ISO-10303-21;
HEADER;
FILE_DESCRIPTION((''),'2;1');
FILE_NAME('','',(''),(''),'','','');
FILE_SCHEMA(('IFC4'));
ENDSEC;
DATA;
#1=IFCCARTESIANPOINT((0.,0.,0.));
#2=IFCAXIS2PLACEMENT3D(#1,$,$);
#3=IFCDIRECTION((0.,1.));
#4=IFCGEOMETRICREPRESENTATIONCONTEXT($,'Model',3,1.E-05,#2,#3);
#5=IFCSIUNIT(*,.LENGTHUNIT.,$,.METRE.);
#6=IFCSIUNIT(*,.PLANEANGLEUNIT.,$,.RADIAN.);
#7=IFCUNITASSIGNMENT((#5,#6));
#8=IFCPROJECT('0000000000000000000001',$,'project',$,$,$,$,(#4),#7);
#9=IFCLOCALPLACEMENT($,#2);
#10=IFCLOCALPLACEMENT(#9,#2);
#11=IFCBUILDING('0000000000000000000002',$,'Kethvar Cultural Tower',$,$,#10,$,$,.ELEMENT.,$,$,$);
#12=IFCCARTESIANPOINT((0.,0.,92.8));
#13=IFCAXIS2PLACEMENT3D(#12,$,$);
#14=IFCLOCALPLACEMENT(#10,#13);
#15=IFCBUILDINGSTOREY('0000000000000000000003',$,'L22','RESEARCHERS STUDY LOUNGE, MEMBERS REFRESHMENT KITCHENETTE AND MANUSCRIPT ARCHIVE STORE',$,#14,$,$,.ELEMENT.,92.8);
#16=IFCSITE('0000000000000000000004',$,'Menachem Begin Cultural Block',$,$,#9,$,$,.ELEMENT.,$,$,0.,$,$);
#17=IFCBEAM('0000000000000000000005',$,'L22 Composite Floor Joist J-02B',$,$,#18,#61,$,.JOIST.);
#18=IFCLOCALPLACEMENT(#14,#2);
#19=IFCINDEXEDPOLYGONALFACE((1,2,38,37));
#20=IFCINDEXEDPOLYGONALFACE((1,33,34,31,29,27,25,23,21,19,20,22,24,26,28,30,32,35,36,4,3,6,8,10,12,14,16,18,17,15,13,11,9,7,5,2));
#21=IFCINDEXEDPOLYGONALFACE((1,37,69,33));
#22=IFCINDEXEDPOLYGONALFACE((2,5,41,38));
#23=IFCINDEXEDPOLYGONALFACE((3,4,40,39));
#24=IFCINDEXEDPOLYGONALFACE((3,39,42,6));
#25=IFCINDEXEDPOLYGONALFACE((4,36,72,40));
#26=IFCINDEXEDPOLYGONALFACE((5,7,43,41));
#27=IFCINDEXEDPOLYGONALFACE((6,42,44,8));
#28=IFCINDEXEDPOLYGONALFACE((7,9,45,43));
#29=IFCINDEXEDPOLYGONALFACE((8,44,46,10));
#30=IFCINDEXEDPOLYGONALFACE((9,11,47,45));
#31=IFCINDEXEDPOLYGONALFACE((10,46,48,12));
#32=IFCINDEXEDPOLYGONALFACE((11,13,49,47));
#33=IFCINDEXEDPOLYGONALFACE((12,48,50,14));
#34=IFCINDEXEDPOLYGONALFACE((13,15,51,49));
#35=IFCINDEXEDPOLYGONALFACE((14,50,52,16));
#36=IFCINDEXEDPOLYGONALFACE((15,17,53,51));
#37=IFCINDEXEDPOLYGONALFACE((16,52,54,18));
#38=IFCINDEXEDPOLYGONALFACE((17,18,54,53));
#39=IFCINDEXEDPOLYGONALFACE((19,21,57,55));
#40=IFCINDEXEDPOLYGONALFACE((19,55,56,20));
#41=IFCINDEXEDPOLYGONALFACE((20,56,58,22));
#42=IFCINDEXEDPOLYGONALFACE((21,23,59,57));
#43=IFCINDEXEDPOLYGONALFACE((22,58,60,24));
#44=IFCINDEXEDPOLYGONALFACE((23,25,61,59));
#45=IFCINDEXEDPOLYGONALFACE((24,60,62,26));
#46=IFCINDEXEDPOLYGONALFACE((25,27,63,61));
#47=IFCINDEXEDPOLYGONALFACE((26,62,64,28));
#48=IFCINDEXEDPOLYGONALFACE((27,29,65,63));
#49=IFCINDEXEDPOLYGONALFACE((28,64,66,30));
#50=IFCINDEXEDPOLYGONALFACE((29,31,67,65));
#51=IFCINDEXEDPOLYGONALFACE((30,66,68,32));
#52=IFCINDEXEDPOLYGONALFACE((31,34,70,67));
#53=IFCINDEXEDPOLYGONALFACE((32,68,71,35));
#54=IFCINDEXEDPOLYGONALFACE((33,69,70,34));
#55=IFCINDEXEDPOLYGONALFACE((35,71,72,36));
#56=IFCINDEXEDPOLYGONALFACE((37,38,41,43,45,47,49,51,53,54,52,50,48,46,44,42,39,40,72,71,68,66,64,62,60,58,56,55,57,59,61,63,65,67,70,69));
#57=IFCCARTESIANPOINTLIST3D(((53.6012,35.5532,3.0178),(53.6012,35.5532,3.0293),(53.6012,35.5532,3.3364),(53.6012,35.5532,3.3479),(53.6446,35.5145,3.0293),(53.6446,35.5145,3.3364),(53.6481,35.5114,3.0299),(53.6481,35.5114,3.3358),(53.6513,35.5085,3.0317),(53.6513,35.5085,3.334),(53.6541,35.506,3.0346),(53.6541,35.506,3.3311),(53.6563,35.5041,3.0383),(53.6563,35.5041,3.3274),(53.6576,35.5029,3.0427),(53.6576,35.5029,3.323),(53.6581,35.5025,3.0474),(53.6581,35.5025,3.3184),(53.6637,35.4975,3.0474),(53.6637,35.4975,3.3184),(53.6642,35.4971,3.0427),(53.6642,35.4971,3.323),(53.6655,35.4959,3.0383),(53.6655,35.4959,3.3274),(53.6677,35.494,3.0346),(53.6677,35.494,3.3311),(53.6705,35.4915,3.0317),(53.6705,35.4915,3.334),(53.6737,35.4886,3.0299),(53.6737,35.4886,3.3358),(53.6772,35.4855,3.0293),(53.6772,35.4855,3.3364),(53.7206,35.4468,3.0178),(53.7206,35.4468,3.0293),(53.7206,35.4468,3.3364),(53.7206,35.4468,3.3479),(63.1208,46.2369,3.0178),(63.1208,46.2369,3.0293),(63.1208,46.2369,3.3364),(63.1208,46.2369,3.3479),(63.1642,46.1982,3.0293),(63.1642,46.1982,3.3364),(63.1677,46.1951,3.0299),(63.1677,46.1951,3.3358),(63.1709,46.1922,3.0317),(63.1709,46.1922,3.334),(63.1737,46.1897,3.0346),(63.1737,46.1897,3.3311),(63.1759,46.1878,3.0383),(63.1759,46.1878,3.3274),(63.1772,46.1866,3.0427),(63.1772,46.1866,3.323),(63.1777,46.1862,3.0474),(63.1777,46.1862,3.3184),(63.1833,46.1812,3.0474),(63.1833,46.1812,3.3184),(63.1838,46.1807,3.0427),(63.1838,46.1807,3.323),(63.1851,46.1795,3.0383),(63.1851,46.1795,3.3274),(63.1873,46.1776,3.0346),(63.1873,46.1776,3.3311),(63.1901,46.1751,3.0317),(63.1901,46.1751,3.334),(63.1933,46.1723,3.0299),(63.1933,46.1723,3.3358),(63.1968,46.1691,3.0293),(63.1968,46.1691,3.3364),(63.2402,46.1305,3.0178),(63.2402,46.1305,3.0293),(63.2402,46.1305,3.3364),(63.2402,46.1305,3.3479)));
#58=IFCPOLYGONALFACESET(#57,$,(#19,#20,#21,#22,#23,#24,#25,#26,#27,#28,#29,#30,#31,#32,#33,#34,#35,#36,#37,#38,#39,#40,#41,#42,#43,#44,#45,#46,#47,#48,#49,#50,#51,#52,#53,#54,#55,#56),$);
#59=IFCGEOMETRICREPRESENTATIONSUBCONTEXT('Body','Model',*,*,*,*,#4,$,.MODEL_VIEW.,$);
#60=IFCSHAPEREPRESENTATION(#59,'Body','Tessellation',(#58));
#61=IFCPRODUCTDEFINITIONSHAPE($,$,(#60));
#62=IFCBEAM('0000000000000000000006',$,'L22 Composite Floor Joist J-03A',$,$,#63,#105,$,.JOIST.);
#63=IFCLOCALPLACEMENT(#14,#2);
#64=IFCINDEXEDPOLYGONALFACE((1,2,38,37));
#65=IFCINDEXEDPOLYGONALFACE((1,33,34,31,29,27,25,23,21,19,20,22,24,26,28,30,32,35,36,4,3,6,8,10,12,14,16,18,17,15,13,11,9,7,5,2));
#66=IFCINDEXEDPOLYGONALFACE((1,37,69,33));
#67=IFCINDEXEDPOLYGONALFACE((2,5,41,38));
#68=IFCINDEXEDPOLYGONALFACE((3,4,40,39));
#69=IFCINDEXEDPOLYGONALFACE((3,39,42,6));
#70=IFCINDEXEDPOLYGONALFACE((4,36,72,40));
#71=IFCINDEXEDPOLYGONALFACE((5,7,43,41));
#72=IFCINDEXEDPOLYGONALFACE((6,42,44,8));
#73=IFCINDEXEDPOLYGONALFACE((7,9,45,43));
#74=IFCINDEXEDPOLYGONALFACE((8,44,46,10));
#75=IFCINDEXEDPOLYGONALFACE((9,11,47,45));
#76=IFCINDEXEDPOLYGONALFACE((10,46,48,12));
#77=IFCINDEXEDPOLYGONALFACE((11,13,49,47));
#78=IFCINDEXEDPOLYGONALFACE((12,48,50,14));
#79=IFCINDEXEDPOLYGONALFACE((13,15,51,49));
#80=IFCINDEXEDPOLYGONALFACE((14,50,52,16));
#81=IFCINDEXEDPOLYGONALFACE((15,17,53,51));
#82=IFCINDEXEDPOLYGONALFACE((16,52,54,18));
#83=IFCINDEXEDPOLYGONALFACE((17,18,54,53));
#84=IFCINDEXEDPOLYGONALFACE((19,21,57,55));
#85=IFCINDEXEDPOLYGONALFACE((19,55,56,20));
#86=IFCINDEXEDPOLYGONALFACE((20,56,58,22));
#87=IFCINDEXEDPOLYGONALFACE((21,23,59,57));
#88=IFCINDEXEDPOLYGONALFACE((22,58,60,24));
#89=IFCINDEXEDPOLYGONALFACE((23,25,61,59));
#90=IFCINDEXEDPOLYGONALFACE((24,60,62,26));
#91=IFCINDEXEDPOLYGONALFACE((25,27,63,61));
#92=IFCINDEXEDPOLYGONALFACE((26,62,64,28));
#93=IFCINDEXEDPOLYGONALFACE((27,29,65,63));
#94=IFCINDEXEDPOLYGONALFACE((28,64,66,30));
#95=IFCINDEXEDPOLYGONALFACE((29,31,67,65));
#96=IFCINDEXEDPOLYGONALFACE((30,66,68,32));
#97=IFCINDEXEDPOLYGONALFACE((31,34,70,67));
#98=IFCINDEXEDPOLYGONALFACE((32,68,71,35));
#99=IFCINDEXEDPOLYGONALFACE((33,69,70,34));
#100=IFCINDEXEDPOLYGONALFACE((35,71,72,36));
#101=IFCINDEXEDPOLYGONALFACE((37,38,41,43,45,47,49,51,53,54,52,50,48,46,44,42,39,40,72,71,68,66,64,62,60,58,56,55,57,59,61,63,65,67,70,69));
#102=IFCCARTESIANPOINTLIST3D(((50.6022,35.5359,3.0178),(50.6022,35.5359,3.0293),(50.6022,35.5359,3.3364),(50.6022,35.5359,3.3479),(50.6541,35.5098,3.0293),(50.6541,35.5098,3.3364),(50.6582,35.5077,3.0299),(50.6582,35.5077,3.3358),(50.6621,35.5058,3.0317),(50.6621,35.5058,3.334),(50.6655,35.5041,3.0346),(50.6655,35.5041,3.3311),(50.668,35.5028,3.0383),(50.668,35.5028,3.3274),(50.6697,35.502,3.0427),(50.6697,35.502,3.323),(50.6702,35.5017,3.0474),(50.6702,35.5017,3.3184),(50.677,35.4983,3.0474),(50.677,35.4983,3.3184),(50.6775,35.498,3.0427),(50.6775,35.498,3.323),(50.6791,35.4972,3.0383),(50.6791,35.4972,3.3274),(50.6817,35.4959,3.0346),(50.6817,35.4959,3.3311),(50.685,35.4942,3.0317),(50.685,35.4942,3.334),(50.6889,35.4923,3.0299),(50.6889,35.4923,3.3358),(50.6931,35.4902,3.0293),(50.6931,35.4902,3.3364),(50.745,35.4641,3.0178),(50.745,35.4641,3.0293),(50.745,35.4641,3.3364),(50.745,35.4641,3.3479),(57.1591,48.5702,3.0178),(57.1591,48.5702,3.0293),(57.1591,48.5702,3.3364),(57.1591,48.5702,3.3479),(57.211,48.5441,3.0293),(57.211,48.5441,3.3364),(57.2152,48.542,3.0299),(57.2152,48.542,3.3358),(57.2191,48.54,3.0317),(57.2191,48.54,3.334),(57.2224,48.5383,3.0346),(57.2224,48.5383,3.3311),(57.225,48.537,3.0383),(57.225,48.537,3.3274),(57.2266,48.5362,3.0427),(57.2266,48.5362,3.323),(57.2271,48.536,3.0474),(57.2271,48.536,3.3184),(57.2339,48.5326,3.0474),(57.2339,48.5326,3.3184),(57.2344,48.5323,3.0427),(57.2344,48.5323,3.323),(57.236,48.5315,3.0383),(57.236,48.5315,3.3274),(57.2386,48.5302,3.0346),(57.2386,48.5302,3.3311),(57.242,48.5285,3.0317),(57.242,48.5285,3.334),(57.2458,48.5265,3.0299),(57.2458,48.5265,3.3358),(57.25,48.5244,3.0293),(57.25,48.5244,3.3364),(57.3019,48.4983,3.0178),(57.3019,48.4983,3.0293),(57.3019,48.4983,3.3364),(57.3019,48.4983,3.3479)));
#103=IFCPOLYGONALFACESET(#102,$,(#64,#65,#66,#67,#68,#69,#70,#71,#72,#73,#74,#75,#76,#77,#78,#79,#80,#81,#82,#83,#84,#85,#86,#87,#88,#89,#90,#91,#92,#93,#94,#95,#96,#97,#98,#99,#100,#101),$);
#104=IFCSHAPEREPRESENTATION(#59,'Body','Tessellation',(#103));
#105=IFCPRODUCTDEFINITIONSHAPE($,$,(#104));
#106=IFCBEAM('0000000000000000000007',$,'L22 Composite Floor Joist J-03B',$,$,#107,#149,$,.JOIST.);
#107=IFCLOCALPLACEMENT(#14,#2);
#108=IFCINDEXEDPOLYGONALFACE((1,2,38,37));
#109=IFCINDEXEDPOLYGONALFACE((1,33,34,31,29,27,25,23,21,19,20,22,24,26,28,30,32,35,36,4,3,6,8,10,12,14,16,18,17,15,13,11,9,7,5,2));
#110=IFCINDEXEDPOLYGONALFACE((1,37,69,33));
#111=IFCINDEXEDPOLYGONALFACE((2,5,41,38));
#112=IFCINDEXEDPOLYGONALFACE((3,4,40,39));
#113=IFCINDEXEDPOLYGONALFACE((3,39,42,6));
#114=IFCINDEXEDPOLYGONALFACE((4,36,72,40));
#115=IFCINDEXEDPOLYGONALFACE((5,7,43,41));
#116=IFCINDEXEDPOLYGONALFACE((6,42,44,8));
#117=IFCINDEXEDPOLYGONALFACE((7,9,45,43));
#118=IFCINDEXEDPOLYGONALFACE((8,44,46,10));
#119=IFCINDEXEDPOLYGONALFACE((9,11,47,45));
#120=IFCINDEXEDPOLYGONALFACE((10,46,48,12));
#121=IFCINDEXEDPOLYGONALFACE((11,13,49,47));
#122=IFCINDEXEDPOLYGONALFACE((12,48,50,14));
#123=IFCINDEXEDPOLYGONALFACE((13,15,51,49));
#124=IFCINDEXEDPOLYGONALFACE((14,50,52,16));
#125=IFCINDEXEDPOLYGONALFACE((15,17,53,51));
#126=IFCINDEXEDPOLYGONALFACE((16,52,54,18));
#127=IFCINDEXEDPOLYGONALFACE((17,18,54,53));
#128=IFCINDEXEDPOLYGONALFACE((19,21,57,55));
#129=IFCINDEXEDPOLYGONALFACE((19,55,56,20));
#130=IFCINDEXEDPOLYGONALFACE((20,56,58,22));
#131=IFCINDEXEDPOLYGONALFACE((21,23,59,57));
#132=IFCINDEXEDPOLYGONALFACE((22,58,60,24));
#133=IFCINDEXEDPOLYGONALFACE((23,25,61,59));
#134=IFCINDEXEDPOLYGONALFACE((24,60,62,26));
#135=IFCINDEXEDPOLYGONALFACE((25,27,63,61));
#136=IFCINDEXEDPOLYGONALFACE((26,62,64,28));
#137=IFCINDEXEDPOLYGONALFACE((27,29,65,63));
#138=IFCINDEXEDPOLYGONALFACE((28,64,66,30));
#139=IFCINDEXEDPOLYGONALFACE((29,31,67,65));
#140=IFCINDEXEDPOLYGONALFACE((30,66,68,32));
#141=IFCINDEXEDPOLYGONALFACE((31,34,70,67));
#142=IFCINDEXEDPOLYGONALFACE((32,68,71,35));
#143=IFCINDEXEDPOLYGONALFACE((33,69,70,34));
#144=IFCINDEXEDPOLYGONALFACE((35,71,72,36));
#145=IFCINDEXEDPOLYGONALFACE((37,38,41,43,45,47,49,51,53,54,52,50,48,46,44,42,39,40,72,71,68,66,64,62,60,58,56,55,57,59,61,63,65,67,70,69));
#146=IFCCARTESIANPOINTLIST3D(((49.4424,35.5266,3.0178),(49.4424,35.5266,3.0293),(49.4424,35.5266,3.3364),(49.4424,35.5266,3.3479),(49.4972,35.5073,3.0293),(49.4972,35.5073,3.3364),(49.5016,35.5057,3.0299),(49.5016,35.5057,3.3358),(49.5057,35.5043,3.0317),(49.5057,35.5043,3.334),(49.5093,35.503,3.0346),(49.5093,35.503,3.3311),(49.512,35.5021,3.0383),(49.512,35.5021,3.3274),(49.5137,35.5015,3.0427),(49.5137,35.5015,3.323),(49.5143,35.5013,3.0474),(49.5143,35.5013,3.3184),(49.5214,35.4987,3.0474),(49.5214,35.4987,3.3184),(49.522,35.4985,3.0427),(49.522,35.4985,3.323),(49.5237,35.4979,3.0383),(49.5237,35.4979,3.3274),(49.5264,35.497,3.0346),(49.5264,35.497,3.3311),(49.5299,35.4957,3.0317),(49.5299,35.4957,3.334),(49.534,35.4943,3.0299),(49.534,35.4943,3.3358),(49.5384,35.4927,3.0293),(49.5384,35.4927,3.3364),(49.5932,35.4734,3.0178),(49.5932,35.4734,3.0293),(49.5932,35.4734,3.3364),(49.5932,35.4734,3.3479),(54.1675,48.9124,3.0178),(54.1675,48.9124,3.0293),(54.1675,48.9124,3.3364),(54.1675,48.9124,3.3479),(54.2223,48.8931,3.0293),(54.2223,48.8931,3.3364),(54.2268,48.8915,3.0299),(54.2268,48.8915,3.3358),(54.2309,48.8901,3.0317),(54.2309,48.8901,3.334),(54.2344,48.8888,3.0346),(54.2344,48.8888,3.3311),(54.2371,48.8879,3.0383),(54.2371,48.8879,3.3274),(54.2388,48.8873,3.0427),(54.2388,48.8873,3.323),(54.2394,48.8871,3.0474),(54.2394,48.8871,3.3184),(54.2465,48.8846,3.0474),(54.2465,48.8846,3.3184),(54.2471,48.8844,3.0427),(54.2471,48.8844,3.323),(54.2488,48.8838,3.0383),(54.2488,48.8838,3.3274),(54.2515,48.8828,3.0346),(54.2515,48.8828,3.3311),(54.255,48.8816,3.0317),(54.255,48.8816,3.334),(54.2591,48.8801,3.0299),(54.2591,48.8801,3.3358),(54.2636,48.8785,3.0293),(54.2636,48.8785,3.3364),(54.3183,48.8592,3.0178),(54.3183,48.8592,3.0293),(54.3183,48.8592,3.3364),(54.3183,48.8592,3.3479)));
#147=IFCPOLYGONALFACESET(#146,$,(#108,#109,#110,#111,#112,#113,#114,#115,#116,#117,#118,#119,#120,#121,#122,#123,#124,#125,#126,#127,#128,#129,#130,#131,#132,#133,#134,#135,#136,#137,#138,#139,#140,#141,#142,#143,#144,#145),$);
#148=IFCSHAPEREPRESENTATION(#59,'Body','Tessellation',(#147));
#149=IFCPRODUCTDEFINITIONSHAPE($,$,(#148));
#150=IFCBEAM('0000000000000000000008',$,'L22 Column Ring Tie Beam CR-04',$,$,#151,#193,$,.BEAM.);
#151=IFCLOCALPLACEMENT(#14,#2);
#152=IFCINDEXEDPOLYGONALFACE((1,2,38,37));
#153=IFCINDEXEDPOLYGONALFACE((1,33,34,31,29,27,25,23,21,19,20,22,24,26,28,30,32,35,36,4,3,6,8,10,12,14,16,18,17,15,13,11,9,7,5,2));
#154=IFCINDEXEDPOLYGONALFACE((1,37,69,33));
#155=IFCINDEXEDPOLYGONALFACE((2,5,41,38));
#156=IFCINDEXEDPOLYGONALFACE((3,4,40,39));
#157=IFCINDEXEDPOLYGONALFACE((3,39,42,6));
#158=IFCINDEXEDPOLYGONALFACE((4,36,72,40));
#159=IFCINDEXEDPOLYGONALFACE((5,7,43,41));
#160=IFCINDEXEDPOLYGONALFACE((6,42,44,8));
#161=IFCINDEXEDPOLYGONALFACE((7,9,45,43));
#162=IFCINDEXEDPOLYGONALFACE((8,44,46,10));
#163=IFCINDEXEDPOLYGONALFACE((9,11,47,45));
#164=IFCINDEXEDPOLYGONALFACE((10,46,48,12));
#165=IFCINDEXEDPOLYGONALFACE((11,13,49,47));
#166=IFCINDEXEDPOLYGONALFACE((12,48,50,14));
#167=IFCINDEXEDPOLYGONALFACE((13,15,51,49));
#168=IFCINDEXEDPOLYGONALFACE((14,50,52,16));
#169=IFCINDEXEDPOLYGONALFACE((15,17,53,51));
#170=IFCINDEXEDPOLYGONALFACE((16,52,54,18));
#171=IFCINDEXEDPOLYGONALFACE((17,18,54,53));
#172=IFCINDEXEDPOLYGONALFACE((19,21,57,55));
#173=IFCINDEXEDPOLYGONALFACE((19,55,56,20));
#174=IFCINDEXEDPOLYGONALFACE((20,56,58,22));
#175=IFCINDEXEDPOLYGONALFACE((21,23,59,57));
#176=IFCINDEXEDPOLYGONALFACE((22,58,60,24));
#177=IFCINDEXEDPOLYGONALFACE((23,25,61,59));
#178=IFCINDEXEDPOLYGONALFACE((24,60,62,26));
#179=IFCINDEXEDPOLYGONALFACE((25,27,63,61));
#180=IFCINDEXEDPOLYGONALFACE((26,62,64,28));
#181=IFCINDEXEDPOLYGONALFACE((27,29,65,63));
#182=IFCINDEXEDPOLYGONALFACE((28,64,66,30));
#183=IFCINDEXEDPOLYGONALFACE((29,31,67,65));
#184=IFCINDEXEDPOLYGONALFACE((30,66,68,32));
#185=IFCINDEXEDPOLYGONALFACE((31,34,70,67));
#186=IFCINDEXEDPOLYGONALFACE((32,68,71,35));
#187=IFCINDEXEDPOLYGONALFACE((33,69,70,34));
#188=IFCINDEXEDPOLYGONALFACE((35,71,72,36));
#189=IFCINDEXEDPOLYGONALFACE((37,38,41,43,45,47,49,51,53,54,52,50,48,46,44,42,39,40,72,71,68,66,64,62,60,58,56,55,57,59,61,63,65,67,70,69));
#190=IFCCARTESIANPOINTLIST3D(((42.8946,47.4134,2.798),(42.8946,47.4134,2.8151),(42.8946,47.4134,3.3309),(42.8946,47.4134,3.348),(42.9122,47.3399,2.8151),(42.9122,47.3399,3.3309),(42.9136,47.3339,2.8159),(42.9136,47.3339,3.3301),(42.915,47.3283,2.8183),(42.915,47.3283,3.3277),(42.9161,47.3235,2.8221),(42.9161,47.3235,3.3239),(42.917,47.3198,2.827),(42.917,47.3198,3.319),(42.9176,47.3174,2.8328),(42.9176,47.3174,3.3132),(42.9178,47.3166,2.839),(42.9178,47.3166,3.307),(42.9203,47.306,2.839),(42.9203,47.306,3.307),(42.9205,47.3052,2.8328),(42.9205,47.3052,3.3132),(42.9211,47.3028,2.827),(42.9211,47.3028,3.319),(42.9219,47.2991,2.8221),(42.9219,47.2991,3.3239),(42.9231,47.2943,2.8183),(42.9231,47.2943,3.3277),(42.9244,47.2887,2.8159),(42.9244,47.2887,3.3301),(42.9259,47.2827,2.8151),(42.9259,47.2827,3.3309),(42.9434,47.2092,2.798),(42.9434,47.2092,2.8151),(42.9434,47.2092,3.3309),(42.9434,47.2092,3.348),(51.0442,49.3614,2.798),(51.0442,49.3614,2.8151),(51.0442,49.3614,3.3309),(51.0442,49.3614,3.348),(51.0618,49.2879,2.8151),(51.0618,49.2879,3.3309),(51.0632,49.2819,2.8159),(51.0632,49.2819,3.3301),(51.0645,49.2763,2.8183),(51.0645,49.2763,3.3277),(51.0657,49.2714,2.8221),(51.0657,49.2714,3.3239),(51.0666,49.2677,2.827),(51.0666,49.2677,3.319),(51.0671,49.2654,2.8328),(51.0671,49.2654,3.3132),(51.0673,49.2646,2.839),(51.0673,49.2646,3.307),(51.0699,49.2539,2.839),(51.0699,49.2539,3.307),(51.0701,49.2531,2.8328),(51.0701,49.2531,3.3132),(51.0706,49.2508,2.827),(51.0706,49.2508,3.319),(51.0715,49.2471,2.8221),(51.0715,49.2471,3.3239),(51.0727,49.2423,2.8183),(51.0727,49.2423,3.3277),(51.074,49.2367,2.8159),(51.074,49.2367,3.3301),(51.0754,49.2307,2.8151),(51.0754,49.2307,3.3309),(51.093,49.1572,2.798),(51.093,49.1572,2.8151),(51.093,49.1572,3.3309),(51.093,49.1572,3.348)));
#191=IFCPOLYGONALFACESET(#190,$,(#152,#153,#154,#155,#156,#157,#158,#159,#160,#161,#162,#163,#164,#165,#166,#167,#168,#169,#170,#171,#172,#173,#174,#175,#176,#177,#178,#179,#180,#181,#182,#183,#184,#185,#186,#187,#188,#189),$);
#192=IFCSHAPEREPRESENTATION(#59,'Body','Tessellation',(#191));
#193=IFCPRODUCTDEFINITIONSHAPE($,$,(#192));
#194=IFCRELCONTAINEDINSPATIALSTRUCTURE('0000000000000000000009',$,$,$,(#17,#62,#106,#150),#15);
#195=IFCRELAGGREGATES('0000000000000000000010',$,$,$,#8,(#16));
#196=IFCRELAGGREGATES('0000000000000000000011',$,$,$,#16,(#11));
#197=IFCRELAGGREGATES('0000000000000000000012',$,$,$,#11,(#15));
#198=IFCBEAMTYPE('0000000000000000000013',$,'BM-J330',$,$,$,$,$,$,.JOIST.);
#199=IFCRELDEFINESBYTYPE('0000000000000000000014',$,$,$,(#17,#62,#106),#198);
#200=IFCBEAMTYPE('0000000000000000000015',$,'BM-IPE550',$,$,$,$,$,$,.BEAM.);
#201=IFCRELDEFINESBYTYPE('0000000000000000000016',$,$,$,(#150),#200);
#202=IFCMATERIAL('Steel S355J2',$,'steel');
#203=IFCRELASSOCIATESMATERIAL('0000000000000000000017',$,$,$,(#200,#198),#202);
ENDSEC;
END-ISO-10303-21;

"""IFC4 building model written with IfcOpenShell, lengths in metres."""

from ifc_helpers import new_model, si_unit, direction, frame, origin, origin_2d, place, context, subcontext, project, spatial, i_section, extrude, source, transform, mapped, material, material_profile, profile_set, type_object, element, save


model = new_model("IFC4")

# Units and contexts
model_context = context("Model", 3, precision=1e-05, world=origin(), true_north=direction((0.0, 1.0)))
body_context = subcontext(model_context, "Body", "Model", "MODEL_VIEW")
ifc_project = project(units=[si_unit("LENGTHUNIT", "METRE"), si_unit("PLANEANGLEUNIT", "RADIAN")], contexts=[model_context])

# Site, building, storey
site_placement = place(None, origin())
site = spatial("IfcSite", under=ifc_project, at=site_placement, Name="Menachem Begin Cultural Block", CompositionType="ELEMENT", RefElevation=0.0)
building_placement = place(site_placement, origin())
building = spatial("IfcBuilding", under=site, at=building_placement, Name="Kethvar Cultural Tower", CompositionType="ELEMENT")
storey_placement = place(building_placement, frame((0.0, 0.0, 92.8)))
storey = spatial("IfcBuildingStorey", under=building, at=storey_placement, Name="L22", Description="RESEARCHERS STUDY LOUNGE, MEMBERS REFRESHMENT KITCHENETTE AND MANUSCRIPT ARCHIVE STORE", CompositionType="ELEMENT", Elevation=92.8)

# Beams
ifc_material_1 = material(Name="Steel S355J2", Category="steel")
ifc_material_profile_1 = material_profile(ifc_material_1, i_section(OverallWidth=0.21, OverallDepth=0.55, WebThickness=0.011, FlangeThickness=0.0171, FilletRadius=0.0239, at=origin_2d()), Name="Steel S355J2 — IPE550")
ifc_profile_set_1 = profile_set([ifc_material_profile_1], Name="Steel S355J2 — IPE550")
beam_type_1 = type_object("IfcBeamType", Name="BM-IPE550", PredefinedType="BEAM", material=ifc_profile_set_1)
ifc_material_profile_2 = material_profile(ifc_material_1, i_section(OverallWidth=0.1599, OverallDepth=0.3301, WebThickness=0.0076, FlangeThickness=0.0115, FilletRadius=0.0181, at=origin_2d()), Name="Steel S355J2 — IPE330")
ifc_profile_set_2 = profile_set([ifc_material_profile_2], Name="Steel S355J2 — IPE330")
beam_type_2 = type_object("IfcBeamType", Name="BM-J330", PredefinedType="JOIST", material=ifc_profile_set_2)
shared_shape_1 = source(origin(), body_context, "Body", "SweptSolid", [
    extrude(i_section(OverallWidth=0.1599, OverallDepth=0.3301, WebThickness=0.0076, FlangeThickness=0.0115, FilletRadius=0.0181, at=origin_2d()), origin(), (0.0, 0.0, 1.0), 14.3096),
])
beam_1_placement = place(storey_placement, frame((53.6609, 35.5, 3.1829), z_axis=(0.665261, 0.746611, 0.0), x_axis=(-0.746611, 0.665261, 0.0)))
element("IfcBeam", 1, at=beam_1_placement, inside=storey, type_object=beam_type_2, Name="L22 Composite Floor Joist J-02B", PredefinedType="JOIST", context=body_context, shape_type="MappedRepresentation", body=[
    mapped(shared_shape_1, transform((0.0, 0.0, 0.0), scale=1.0)),
])
shared_shape_2 = source(origin(), body_context, "Body", "SweptSolid", [
    extrude(i_section(OverallWidth=0.1599, OverallDepth=0.3301, WebThickness=0.0076, FlangeThickness=0.0115, FilletRadius=0.0181, at=origin_2d()), origin(), (0.0, 0.0, 1.0), 14.5906),
])
beam_2_placement = place(storey_placement, frame((50.6736, 35.5, 3.1829), z_axis=(0.449394, 0.893334, 0.0), x_axis=(-0.893334, 0.449394, 0.0)))
element("IfcBeam", 2, at=beam_2_placement, inside=storey, type_object=beam_type_2, Name="L22 Composite Floor Joist J-03A", PredefinedType="JOIST", context=body_context, shape_type="MappedRepresentation", body=[
    mapped(shared_shape_2, transform((0.0, 0.0, 0.0), scale=1.0)),
])
shared_shape_3 = source(origin(), body_context, "Body", "SweptSolid", [
    extrude(i_section(OverallWidth=0.1599, OverallDepth=0.3301, WebThickness=0.0076, FlangeThickness=0.0115, FilletRadius=0.0181, at=origin_2d()), origin(), (0.0, 0.0, 1.0), 14.1953),
])
beam_3_placement = place(storey_placement, frame((49.5178, 35.5, 3.1829), z_axis=(0.332865, 0.942974, 0.0), x_axis=(-0.942974, 0.332865, 0.0)))
element("IfcBeam", 3, at=beam_3_placement, inside=storey, type_object=beam_type_2, Name="L22 Composite Floor Joist J-03B", PredefinedType="JOIST", context=body_context, shape_type="MappedRepresentation", body=[
    mapped(shared_shape_3, transform((0.0, 0.0, 0.0), scale=1.0)),
])
shared_shape_4 = source(origin(), body_context, "Body", "SweptSolid", [
    extrude(i_section(OverallWidth=0.21, OverallDepth=0.55, WebThickness=0.011, FlangeThickness=0.0171, FilletRadius=0.0239, at=origin_2d()), origin(), (0.0, 0.0, 1.0), 8.3792),
])
beam_4_placement = place(storey_placement, frame((51.0686, 49.2593, 3.073), z_axis=(-0.972601, -0.232479, 0.0), x_axis=(0.232479, -0.972601, 0.0)))
element("IfcBeam", 4, at=beam_4_placement, inside=storey, type_object=beam_type_1, Name="L22 Column Ring Tie Beam CR-04", PredefinedType="BEAM", context=body_context, shape_type="MappedRepresentation", body=[
    mapped(shared_shape_4, transform((0.0, 0.0, 0.0), scale=1.0)),
])

save(model, "model.ifc")
